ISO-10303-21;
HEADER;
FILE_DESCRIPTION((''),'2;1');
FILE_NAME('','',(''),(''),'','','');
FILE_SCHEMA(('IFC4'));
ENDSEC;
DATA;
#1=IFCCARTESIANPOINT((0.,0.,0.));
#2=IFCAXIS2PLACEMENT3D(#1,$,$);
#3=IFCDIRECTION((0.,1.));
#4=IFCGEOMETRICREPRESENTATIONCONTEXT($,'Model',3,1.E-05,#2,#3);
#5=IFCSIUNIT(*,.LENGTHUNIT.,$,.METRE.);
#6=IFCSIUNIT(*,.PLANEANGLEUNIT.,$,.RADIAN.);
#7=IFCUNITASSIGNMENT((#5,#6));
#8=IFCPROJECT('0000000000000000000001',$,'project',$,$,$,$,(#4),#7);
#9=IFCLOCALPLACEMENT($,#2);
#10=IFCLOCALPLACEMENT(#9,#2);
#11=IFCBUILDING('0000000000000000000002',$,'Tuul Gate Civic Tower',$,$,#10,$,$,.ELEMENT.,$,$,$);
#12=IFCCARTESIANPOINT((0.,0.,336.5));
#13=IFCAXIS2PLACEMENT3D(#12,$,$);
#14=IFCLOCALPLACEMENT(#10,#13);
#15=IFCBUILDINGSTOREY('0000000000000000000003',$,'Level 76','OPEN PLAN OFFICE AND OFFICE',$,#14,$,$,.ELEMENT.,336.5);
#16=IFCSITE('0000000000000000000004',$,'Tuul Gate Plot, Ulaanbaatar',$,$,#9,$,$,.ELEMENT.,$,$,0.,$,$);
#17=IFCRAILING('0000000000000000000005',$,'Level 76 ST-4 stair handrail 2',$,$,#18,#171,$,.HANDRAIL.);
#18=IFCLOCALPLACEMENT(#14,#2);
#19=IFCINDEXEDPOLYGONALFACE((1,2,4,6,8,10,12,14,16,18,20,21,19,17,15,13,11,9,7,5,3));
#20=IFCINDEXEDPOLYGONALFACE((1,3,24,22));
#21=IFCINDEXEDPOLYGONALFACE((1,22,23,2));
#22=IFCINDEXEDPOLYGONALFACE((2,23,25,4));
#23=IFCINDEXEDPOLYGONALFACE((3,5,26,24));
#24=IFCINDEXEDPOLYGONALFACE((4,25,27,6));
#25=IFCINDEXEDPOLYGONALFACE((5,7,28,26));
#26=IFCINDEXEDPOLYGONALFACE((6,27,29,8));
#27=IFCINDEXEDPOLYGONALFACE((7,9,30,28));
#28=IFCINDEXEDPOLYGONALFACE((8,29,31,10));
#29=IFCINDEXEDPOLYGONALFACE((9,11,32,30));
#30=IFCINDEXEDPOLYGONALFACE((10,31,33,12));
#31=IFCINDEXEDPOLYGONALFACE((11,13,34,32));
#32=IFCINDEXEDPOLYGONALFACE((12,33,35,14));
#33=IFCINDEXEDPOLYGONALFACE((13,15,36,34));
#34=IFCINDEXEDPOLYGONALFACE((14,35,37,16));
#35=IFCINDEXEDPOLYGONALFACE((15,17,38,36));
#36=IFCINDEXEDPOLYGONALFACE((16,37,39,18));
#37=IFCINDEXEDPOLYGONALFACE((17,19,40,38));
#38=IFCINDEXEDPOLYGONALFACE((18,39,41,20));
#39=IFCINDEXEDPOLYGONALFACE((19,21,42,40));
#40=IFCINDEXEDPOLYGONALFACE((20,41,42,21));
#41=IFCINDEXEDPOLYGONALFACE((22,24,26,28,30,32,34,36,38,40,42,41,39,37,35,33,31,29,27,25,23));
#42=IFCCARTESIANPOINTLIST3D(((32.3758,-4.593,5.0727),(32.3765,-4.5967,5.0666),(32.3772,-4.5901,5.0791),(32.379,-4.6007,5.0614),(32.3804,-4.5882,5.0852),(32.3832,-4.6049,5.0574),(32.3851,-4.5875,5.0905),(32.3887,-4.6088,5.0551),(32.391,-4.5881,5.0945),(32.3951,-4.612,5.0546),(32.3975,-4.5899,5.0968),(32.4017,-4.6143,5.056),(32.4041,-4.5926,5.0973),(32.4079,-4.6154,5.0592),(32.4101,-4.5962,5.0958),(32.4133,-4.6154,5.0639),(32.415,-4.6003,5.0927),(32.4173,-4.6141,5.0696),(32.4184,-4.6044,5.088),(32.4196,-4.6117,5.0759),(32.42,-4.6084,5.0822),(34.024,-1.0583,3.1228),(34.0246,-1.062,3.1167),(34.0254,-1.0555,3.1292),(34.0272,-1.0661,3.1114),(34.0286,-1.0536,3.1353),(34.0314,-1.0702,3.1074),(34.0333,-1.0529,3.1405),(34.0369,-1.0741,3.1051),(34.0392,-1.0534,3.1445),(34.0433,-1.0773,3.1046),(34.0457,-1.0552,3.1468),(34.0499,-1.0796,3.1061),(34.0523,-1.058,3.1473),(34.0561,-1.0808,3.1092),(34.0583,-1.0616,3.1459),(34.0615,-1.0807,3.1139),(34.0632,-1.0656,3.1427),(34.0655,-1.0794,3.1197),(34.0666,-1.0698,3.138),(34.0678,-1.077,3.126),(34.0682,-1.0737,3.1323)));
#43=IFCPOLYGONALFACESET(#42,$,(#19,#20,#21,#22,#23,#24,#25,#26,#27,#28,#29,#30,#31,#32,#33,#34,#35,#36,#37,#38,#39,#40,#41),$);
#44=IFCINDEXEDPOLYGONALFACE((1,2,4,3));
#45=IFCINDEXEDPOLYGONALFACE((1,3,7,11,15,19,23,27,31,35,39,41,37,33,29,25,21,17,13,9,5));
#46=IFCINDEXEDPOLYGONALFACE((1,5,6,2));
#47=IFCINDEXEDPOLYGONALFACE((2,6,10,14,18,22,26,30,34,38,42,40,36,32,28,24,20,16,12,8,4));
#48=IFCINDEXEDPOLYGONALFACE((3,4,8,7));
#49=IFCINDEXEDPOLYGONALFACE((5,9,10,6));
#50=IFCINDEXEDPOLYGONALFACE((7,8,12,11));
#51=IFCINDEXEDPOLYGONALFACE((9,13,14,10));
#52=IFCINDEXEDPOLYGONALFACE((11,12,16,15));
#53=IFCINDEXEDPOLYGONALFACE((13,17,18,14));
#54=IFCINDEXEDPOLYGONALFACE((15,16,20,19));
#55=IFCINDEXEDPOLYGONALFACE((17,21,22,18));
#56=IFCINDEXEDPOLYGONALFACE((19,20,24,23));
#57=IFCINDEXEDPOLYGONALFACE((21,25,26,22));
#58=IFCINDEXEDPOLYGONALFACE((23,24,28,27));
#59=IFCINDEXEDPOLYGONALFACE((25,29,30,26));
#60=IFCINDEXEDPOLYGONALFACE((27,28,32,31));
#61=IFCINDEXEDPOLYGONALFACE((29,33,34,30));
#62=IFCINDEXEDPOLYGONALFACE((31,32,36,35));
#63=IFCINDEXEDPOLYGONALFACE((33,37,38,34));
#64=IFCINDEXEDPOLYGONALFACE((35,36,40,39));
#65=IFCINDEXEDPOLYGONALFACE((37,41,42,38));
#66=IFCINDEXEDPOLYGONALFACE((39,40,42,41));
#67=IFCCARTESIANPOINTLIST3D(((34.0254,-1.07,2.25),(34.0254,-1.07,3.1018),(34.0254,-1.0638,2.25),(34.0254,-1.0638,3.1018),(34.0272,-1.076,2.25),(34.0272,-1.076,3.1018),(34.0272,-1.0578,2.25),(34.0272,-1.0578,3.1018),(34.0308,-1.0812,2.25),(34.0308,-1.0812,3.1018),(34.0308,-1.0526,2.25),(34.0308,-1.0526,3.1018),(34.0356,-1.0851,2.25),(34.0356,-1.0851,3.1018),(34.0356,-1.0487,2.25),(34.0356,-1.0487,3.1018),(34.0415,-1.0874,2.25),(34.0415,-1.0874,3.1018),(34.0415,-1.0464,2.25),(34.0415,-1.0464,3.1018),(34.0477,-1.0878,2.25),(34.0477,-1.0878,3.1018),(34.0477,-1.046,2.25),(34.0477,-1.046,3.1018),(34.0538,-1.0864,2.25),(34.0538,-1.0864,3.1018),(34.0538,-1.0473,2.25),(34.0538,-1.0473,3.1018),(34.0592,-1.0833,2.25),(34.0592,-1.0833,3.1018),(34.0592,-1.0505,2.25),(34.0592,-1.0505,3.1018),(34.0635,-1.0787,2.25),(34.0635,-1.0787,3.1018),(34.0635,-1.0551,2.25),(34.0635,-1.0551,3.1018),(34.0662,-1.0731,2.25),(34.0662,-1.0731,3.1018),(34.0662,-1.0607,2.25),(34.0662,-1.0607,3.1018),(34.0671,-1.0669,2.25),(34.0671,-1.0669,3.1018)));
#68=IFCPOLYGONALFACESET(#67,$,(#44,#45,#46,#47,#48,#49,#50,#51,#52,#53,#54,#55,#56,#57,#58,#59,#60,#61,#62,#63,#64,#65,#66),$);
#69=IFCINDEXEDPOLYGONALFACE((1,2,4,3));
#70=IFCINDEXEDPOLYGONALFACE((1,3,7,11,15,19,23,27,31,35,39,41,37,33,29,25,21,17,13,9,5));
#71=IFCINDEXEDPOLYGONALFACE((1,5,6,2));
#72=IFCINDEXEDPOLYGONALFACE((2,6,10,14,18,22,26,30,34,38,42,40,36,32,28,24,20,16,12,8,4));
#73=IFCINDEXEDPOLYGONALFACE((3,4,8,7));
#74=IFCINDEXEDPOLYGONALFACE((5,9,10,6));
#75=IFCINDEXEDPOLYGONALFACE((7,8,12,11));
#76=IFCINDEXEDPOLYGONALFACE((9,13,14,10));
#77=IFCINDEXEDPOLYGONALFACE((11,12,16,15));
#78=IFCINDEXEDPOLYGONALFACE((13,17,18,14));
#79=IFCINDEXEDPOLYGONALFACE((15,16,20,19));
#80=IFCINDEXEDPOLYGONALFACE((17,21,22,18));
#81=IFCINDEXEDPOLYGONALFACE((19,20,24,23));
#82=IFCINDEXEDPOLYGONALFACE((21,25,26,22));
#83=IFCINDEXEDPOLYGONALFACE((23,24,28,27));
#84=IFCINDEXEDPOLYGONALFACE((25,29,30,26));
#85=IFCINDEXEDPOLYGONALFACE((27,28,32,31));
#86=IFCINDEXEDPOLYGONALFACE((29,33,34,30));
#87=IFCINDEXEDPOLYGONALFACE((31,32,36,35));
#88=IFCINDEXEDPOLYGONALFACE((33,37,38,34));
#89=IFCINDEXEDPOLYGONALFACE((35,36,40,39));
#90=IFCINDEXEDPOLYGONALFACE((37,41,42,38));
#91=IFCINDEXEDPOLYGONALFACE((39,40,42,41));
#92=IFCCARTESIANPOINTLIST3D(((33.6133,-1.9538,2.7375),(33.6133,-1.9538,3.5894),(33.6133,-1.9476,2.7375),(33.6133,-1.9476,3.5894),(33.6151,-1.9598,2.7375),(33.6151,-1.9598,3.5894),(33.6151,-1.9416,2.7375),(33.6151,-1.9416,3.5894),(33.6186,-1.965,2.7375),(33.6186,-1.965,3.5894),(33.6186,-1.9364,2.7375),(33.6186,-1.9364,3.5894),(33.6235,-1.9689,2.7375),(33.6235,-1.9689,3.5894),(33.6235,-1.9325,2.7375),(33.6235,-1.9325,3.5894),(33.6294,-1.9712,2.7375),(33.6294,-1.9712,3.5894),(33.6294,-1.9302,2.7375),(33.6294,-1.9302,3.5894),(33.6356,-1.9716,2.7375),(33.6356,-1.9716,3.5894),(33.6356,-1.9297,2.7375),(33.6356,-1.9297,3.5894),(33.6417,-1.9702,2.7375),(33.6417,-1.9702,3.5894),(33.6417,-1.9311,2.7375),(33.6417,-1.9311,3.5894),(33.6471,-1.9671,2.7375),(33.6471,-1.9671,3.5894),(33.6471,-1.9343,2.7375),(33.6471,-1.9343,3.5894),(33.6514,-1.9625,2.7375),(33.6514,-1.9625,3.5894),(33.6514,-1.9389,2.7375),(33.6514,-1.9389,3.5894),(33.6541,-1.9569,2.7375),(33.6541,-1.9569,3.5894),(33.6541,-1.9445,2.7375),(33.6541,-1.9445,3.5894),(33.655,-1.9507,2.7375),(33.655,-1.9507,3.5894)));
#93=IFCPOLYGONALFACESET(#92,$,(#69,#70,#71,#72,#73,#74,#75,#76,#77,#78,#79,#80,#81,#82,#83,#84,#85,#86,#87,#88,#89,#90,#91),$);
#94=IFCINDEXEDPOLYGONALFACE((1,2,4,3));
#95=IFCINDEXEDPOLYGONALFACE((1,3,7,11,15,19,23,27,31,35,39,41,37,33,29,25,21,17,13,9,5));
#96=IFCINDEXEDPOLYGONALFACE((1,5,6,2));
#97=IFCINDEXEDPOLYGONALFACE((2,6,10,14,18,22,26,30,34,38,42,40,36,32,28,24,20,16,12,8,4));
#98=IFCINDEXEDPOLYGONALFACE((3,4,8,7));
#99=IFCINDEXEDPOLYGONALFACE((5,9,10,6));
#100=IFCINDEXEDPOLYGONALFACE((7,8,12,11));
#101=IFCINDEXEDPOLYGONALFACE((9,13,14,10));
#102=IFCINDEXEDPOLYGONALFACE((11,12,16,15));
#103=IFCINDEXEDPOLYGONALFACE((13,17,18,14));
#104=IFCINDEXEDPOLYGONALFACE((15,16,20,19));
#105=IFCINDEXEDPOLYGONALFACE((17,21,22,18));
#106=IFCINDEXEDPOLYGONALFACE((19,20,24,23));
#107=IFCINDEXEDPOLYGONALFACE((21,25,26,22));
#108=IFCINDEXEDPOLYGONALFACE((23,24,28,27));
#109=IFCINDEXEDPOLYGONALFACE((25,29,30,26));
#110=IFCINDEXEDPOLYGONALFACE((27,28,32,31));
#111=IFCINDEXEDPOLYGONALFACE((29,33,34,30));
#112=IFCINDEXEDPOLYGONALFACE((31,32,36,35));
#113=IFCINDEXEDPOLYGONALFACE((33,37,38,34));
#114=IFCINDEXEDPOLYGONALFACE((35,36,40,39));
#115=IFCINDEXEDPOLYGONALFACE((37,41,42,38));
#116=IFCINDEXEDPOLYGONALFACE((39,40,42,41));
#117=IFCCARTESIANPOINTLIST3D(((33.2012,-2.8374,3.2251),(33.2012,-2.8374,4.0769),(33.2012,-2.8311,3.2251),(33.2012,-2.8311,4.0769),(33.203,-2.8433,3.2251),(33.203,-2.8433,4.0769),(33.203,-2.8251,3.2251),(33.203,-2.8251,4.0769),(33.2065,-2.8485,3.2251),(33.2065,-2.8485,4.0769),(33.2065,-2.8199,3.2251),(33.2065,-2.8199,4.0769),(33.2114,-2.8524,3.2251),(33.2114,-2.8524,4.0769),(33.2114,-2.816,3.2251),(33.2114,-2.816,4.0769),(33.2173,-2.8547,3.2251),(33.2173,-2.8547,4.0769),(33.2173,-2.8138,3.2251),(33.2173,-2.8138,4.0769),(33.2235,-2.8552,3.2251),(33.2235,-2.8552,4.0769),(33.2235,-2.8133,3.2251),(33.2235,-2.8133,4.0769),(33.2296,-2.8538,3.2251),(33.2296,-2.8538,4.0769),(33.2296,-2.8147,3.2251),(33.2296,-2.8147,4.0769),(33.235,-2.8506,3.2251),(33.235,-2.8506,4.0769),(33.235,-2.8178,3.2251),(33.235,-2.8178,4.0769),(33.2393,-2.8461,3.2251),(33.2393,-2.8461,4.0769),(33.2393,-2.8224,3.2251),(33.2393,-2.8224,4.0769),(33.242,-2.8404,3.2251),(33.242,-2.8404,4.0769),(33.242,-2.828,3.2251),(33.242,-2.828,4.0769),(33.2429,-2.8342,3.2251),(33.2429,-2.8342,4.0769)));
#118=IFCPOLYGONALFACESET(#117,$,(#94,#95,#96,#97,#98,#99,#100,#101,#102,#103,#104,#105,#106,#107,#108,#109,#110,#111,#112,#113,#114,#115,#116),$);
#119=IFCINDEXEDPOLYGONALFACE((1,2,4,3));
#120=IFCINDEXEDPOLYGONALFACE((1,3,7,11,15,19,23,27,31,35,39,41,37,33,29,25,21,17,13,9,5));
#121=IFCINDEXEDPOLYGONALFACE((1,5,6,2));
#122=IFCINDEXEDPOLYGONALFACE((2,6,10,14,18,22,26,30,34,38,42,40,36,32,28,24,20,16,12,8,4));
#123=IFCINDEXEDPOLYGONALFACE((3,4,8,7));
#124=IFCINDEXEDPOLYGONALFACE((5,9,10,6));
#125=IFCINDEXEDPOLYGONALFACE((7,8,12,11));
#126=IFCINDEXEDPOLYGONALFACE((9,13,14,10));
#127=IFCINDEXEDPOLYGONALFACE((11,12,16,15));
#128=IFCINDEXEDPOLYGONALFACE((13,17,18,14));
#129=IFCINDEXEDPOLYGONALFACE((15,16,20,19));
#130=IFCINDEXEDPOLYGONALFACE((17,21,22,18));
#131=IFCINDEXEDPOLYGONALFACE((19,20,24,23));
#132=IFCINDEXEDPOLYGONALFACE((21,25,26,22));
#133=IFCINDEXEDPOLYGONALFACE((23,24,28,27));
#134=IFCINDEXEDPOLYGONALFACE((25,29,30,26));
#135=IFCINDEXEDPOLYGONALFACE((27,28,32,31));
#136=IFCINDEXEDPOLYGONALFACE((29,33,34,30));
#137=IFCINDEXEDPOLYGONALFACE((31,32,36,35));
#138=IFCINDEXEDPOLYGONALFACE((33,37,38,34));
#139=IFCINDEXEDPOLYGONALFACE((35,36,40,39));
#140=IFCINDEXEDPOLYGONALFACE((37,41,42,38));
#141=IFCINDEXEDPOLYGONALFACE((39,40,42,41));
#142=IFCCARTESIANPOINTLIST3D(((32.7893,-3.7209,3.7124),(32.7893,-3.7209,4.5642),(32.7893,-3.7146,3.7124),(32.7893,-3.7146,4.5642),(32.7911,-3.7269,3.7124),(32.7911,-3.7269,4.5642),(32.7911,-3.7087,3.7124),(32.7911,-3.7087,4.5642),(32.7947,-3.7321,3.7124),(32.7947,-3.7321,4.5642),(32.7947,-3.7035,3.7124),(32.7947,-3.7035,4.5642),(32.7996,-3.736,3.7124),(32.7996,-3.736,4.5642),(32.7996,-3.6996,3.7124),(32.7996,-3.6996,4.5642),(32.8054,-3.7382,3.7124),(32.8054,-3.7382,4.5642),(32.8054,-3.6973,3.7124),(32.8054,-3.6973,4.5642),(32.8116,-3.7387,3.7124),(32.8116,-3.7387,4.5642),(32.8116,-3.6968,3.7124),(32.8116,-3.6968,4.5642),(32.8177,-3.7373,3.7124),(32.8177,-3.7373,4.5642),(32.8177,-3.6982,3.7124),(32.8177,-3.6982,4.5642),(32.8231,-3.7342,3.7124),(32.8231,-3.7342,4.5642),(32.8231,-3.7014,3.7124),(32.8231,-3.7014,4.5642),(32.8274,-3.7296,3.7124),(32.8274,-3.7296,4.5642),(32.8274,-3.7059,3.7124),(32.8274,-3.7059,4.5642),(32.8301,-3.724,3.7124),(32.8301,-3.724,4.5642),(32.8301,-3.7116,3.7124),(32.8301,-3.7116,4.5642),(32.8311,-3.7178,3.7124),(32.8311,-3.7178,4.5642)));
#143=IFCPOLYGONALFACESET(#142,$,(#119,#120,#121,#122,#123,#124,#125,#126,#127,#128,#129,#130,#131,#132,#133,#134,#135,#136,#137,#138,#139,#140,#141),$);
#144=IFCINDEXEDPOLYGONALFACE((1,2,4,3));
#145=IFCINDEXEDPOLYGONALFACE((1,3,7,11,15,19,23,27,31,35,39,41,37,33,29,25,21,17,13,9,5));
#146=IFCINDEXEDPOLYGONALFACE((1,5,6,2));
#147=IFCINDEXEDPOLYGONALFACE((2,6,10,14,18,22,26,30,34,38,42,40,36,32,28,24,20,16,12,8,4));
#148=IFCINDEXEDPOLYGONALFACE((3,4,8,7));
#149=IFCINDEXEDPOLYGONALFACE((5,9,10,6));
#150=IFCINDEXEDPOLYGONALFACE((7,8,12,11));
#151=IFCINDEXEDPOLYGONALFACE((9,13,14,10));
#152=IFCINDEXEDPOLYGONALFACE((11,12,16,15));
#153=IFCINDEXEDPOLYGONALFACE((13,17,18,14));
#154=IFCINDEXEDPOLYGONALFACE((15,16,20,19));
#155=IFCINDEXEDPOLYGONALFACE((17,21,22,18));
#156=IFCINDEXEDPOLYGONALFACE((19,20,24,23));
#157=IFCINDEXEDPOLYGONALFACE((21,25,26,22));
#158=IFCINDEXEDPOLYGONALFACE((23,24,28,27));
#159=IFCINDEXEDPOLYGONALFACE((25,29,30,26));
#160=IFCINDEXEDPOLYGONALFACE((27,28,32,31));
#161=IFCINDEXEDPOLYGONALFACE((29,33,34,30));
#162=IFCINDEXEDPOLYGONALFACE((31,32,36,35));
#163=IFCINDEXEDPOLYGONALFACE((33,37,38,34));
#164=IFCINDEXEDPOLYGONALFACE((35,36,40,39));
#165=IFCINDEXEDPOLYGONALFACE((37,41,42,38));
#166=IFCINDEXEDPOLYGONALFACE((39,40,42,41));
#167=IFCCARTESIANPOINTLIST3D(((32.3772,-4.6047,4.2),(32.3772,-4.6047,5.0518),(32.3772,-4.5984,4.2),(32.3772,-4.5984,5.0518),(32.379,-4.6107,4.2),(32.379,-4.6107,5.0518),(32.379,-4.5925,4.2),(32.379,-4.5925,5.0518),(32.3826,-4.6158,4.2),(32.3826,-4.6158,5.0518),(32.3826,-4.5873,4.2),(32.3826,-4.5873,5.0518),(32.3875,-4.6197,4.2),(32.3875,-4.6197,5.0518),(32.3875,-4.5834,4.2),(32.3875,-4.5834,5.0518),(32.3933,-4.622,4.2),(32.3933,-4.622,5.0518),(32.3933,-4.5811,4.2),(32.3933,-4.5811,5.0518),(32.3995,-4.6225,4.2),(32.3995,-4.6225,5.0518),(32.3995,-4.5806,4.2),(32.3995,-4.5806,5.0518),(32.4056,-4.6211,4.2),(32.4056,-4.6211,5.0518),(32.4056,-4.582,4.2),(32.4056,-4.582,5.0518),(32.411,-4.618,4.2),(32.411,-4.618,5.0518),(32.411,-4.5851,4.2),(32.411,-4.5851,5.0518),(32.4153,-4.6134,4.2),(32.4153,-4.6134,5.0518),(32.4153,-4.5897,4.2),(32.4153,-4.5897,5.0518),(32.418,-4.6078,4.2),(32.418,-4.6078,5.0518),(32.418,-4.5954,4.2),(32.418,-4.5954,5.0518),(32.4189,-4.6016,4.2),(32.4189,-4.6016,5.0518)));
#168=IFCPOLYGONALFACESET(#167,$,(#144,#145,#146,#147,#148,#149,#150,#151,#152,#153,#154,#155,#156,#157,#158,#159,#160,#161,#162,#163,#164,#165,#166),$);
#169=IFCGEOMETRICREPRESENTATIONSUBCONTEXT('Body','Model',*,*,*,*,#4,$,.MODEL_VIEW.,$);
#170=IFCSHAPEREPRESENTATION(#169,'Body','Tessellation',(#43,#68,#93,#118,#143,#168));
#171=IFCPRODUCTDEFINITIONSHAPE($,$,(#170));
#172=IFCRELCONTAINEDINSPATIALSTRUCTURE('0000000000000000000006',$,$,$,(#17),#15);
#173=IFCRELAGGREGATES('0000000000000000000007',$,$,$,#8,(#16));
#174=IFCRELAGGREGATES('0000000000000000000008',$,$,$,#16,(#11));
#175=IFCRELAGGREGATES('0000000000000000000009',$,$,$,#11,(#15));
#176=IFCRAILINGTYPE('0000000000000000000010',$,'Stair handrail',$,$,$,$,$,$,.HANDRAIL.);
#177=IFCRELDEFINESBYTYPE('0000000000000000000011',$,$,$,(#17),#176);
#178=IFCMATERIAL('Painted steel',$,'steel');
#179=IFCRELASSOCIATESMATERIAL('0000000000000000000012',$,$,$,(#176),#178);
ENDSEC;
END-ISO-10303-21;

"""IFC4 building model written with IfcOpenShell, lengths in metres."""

from ifc_helpers import new_model, si_unit, direction, frame, origin, origin_2d, place, context, subcontext, project, spatial, circle, extrude, material, type_object, element, save


model = new_model("IFC4")

# Units and contexts
model_context = context("Model", 3, precision=1e-05, world=origin(), true_north=direction((0.0, 1.0)))
body_context = subcontext(model_context, "Body", "Model", "MODEL_VIEW")
ifc_project = project(units=[si_unit("LENGTHUNIT", "METRE"), si_unit("PLANEANGLEUNIT", "RADIAN")], contexts=[model_context])

# Site, building, storey
site_placement = place(None, origin())
site = spatial("IfcSite", under=ifc_project, at=site_placement, Name="Tuul Gate Plot, Ulaanbaatar", CompositionType="ELEMENT", RefElevation=0.0)
building_placement = place(site_placement, origin())
building = spatial("IfcBuilding", under=site, at=building_placement, Name="Tuul Gate Civic Tower", CompositionType="ELEMENT")
storey_placement = place(building_placement, frame((0.0, 0.0, 336.5)))
storey = spatial("IfcBuildingStorey", under=building, at=storey_placement, Name="Level 76", Description="OPEN PLAN OFFICE AND OFFICE", CompositionType="ELEMENT", Elevation=336.5)

# Railing
ifc_material_1 = material(Name="Painted steel", Category="steel")
railing_type = type_object("IfcRailingType", Name="Stair handrail", PredefinedType="HANDRAIL", material=ifc_material_1)
railing_1_placement = place(storey_placement, frame((34.0461, -1.0669, 2.25)))
element("IfcRailing", 1, at=railing_1_placement, inside=storey, type_object=railing_type, Name="Level 76 ST-4 stair handrail 2", PredefinedType="HANDRAIL", context=body_context, shape_type="SweptSolid", body=[
    extrude(circle(Radius=0.0239, at=origin_2d()), frame((0.0, 0.0, 0.876), z_axis=(-0.377995, -0.810637, 0.4472), x_axis=(0.906313, -0.422608, 0.0)), (0.0, 0.0, 1.0), 4.3604),
    extrude(circle(Radius=0.021, at=origin_2d()), origin(), (0.0, 0.0, 1.0), 0.8518),
    extrude(circle(Radius=0.021, at=origin_2d()), frame((-0.4121, -0.8838, 0.4875)), (0.0, 0.0, 1.0), 0.8518),
    extrude(circle(Radius=0.021, at=origin_2d()), frame((-0.8242, -1.7673, 0.9751)), (0.0, 0.0, 1.0), 0.8518),
    extrude(circle(Radius=0.021, at=origin_2d()), frame((-1.2361, -2.6509, 1.4624)), (0.0, 0.0, 1.0), 0.8518),
    extrude(circle(Radius=0.021, at=origin_2d()), frame((-1.6482, -3.5347, 1.95)), (0.0, 0.0, 1.0), 0.8518),
])

save(model, "model.ifc")
